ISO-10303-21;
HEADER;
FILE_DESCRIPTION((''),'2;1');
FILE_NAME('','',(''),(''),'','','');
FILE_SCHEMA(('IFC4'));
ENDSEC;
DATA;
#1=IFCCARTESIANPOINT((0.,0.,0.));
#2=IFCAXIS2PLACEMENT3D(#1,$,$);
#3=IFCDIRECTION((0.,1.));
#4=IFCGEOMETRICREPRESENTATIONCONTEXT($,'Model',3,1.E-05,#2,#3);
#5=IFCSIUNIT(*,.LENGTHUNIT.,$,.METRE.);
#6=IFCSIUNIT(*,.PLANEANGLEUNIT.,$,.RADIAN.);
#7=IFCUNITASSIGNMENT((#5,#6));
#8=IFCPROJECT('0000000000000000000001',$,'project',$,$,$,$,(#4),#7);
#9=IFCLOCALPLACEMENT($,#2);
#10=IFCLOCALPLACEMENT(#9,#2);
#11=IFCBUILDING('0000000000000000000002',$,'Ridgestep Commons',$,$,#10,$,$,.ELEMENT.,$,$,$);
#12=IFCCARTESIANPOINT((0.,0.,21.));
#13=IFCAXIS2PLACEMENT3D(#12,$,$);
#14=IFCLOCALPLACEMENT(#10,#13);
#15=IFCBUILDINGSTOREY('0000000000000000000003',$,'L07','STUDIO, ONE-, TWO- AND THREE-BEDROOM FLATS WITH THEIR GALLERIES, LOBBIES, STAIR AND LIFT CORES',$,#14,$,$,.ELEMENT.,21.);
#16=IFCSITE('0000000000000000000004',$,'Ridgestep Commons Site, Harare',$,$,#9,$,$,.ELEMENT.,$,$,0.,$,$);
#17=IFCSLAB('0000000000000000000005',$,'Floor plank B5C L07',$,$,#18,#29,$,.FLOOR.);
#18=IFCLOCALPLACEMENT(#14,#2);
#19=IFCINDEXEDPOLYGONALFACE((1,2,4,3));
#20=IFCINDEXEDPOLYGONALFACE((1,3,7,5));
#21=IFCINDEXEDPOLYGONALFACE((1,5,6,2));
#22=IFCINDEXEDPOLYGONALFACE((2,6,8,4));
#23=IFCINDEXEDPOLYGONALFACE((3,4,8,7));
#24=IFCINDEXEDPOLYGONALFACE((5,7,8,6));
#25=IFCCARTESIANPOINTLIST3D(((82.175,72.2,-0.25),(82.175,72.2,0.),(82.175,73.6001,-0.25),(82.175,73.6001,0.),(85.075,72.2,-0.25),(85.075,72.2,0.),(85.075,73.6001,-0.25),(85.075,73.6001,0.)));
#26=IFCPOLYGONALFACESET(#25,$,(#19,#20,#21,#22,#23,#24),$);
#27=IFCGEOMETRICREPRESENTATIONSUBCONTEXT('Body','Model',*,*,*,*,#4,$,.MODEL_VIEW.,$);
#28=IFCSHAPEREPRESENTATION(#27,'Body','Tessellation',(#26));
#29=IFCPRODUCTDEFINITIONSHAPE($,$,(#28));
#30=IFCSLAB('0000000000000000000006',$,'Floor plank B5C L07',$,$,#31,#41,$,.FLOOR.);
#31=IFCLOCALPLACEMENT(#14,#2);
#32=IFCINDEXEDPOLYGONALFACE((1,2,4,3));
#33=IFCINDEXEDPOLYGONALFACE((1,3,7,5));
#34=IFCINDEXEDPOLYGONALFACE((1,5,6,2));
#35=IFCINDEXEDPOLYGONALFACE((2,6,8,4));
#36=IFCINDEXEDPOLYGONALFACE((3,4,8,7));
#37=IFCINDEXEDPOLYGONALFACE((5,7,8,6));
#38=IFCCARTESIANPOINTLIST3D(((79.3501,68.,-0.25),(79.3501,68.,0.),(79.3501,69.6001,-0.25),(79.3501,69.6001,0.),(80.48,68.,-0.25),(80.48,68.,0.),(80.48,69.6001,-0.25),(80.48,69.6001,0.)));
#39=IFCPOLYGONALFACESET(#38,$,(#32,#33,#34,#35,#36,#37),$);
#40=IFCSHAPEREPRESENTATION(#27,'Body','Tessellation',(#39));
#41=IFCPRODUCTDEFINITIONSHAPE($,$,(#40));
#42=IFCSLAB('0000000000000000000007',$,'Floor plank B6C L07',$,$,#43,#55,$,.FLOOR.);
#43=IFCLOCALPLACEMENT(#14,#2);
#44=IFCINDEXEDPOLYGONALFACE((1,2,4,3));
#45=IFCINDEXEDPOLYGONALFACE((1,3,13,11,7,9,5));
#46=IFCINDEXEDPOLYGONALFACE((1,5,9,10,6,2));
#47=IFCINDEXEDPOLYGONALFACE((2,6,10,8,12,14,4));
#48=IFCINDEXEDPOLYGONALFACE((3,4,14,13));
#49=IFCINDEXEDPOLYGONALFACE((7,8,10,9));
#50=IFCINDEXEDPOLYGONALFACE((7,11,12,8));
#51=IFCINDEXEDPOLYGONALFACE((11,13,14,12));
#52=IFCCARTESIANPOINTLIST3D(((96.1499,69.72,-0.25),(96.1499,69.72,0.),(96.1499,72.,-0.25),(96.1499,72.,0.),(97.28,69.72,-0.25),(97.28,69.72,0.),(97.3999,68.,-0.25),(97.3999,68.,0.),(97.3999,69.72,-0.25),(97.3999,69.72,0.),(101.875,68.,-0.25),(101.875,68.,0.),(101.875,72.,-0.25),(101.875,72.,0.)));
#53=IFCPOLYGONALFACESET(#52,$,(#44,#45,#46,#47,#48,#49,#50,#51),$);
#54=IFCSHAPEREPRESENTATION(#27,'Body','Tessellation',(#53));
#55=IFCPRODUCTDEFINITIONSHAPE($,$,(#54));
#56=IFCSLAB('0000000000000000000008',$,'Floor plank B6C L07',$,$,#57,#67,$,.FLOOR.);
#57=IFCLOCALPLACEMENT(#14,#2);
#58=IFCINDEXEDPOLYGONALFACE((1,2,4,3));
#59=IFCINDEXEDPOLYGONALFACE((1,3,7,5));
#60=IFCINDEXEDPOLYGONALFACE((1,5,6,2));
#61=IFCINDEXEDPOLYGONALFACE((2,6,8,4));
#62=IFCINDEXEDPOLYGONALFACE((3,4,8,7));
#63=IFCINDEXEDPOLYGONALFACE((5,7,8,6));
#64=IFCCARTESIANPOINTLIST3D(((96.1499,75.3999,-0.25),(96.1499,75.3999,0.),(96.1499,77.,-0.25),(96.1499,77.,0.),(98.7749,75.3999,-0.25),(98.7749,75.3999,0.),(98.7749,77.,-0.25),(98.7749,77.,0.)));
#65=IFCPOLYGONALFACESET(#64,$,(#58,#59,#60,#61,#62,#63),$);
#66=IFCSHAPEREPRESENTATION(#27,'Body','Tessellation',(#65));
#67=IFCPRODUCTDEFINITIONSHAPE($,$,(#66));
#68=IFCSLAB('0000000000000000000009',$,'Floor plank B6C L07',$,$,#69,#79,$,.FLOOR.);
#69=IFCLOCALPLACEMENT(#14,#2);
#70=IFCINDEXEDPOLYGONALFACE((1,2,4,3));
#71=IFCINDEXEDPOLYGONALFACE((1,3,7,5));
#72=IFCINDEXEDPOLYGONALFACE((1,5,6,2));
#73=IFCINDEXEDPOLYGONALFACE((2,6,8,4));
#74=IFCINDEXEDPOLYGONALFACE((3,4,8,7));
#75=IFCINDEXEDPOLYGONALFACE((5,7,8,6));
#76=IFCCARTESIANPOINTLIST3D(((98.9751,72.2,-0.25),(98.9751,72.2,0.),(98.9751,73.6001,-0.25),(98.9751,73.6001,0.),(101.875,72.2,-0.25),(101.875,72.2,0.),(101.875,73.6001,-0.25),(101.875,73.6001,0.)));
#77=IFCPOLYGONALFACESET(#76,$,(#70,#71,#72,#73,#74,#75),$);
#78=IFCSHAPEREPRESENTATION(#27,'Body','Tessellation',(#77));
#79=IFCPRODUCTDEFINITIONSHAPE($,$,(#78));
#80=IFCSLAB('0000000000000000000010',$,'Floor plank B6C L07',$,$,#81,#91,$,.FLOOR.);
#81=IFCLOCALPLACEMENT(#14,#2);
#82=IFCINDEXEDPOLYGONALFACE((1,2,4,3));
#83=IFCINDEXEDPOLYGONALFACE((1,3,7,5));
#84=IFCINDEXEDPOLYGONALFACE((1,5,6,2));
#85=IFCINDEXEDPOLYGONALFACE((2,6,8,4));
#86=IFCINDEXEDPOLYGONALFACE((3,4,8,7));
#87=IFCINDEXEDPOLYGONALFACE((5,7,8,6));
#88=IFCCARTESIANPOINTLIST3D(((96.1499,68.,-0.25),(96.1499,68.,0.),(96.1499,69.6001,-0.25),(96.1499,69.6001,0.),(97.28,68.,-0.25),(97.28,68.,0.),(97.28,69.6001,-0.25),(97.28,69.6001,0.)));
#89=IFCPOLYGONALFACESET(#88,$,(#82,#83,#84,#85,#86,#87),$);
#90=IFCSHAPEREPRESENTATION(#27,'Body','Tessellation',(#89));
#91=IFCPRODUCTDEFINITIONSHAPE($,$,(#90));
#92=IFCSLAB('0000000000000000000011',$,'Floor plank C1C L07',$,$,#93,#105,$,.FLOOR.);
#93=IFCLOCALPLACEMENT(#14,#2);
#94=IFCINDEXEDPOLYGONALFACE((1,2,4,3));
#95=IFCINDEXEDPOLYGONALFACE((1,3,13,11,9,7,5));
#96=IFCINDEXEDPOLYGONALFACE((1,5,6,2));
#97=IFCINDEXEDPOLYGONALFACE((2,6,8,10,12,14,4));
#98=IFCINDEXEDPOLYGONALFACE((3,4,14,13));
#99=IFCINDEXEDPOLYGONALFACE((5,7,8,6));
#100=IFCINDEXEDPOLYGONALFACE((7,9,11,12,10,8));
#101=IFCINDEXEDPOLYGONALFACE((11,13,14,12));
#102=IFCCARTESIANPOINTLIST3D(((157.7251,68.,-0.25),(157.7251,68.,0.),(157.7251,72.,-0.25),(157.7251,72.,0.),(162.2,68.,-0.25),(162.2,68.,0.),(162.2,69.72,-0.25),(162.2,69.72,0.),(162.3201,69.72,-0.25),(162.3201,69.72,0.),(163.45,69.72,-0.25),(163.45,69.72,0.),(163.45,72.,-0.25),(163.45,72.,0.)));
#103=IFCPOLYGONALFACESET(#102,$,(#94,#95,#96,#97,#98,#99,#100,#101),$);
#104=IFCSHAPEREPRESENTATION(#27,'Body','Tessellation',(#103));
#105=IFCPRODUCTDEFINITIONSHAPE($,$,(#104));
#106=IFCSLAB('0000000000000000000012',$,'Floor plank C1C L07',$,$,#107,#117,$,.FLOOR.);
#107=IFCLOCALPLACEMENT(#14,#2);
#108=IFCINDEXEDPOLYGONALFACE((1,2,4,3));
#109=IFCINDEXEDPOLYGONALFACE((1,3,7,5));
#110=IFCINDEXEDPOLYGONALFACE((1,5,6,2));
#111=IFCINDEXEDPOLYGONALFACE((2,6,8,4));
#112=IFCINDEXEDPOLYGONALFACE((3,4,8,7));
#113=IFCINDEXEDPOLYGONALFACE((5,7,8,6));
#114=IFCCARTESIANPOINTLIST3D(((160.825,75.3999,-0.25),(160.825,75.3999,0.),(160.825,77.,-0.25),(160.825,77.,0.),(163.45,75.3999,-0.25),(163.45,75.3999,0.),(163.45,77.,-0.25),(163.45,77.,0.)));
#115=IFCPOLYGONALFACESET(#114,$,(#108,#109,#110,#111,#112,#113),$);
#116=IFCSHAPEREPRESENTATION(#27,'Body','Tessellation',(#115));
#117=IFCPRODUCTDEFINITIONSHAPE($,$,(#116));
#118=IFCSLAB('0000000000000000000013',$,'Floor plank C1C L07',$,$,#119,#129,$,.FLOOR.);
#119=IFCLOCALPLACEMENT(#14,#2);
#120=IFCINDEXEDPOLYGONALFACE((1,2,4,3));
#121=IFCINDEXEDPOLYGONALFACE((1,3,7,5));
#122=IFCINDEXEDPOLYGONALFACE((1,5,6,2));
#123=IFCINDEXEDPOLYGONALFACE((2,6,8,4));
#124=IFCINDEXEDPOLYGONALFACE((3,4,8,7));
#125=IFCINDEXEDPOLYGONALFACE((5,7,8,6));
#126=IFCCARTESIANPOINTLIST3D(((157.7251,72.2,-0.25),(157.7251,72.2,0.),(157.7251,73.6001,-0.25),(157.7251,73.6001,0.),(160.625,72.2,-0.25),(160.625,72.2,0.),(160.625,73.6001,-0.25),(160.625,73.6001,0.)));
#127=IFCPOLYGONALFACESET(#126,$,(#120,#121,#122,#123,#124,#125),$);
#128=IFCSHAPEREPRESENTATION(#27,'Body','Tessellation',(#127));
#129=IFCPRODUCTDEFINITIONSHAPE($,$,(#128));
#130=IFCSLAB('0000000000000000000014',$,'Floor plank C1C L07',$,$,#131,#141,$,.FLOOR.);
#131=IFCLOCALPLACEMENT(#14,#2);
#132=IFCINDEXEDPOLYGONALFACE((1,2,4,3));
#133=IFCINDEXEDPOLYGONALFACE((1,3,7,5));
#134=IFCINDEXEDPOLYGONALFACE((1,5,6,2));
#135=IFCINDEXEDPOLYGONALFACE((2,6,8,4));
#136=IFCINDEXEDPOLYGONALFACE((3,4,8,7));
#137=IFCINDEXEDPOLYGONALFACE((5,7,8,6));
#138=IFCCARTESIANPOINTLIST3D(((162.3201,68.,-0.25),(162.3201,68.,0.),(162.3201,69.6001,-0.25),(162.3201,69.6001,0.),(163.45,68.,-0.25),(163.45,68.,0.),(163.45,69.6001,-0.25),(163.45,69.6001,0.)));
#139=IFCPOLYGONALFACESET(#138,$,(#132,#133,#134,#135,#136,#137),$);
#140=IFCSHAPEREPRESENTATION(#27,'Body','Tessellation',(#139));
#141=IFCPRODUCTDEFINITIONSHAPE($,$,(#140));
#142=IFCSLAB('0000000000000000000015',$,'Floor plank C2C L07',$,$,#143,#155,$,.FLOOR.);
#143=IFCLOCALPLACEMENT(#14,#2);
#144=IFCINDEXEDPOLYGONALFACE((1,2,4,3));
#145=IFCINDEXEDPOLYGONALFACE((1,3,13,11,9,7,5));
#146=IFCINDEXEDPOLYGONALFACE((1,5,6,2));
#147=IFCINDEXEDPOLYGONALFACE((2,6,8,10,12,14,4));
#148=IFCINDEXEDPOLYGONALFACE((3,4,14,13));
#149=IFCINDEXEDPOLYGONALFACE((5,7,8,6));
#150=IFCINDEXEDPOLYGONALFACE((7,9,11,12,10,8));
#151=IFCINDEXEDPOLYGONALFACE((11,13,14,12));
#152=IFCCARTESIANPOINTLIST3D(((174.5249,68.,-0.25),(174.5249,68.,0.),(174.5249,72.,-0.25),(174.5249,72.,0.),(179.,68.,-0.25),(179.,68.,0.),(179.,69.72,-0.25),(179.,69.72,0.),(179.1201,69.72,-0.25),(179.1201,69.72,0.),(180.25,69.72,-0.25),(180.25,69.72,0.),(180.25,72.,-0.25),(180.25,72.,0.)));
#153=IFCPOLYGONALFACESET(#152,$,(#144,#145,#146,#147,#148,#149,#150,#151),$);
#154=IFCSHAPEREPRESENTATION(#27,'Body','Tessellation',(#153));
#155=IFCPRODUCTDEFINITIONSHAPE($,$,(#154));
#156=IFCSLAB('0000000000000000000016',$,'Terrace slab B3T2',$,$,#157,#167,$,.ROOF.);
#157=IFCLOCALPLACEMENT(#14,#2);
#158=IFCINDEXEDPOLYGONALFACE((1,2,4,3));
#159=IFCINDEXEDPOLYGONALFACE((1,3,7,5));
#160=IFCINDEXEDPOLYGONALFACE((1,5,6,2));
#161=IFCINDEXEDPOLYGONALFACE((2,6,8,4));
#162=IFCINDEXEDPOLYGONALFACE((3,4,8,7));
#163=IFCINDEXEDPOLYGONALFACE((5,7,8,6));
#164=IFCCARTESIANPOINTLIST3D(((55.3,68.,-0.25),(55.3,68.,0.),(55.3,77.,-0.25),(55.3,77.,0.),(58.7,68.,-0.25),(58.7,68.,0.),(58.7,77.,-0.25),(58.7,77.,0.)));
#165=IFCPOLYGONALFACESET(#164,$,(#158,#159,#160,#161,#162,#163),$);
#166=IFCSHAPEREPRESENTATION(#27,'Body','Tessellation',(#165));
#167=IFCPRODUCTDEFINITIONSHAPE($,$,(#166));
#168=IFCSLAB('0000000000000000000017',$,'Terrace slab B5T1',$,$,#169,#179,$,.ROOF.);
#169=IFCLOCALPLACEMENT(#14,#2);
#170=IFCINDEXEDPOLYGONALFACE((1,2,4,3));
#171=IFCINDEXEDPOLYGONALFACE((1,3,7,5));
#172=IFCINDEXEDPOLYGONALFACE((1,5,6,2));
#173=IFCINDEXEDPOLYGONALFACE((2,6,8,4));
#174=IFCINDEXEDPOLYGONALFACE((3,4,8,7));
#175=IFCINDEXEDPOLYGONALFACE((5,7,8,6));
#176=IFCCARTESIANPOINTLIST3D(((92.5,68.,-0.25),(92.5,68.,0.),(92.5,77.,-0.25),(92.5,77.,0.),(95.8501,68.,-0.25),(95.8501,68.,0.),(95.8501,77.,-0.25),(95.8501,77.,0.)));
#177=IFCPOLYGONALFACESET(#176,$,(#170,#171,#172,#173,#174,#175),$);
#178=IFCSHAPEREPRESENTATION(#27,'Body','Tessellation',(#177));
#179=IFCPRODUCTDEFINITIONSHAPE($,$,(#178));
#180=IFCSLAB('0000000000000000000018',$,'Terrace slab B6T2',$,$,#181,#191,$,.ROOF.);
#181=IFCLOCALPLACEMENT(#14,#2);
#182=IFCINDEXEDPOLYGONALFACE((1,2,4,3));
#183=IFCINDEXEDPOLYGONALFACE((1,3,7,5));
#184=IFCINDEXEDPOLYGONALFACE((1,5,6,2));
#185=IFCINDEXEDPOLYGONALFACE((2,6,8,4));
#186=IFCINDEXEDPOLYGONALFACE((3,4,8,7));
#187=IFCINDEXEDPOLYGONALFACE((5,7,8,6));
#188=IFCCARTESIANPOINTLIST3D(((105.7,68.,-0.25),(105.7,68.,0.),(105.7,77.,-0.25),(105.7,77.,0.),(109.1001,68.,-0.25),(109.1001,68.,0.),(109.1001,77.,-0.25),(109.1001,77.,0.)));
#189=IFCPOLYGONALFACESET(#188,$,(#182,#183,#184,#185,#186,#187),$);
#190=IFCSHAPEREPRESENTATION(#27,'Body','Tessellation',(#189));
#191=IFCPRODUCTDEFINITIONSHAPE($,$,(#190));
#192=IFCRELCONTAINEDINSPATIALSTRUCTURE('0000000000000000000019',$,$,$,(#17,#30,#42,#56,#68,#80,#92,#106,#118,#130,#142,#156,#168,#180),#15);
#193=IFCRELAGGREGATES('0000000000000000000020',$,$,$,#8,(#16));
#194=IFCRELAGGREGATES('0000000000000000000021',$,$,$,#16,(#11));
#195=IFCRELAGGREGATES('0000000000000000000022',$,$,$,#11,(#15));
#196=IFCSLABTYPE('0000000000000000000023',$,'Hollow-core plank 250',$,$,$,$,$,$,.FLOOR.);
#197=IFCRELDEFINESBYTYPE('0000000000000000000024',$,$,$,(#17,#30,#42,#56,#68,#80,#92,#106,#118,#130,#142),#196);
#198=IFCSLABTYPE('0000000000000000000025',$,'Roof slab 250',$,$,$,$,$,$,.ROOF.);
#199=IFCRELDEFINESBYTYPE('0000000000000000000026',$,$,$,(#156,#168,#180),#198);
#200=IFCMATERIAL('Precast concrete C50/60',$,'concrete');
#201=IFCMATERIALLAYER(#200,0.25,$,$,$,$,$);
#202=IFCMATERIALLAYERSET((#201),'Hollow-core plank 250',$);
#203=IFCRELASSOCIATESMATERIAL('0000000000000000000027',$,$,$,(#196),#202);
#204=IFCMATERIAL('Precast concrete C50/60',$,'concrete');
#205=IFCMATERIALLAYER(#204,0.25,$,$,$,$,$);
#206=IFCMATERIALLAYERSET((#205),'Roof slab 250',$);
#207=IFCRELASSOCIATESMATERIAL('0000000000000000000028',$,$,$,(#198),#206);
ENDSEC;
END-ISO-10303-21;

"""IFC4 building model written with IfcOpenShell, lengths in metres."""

from ifc_helpers import new_model, si_unit, direction, frame, origin, place, context, subcontext, project, spatial, polyline, outline, extrude, material, layer, layer_set, type_object, element, save


model = new_model("IFC4")

# Units and contexts
model_context = context("Model", 3, precision=1e-05, world=origin(), true_north=direction((0.0, 1.0)))
body_context = subcontext(model_context, "Body", "Model", "MODEL_VIEW")
ifc_project = project(units=[si_unit("LENGTHUNIT", "METRE"), si_unit("PLANEANGLEUNIT", "RADIAN")], contexts=[model_context])

# Site, building, storey
site_placement = place(None, origin())
site = spatial("IfcSite", under=ifc_project, at=site_placement, Name="Ridgestep Commons Site, Harare", CompositionType="ELEMENT", RefElevation=0.0)
building_placement = place(site_placement, origin())
building = spatial("IfcBuilding", under=site, at=building_placement, Name="Ridgestep Commons", CompositionType="ELEMENT")
storey_placement = place(building_placement, frame((0.0, 0.0, 21.0)))
storey = spatial("IfcBuildingStorey", under=building, at=storey_placement, Name="L07", Description="STUDIO, ONE-, TWO- AND THREE-BEDROOM FLATS WITH THEIR GALLERIES, LOBBIES, STAIR AND LIFT CORES", CompositionType="ELEMENT", Elevation=21.0)

# Slabs
ifc_material_1 = material(Name="Precast concrete C50/60", Category="concrete")
ifc_layer_1 = layer(ifc_material_1, 0.25)
ifc_layer_set_1 = layer_set([ifc_layer_1], Name="Hollow-core plank 250")
slab_type_1 = type_object("IfcSlabType", Name="Hollow-core plank 250", PredefinedType="FLOOR", material=ifc_layer_set_1)
slab_1_placement = place(storey_placement, frame((0.0, 0.0, -0.25)))
element("IfcSlab", 1, at=slab_1_placement, inside=storey, type_object=slab_type_1, Name="Floor plank B5C L07", PredefinedType="FLOOR", context=body_context, shape_type="SweptSolid", body=[
    extrude(outline(polyline([(85.075, 72.2), (85.075, 73.6001), (82.175, 73.6001), (82.175, 72.2), (85.075, 72.2)])), origin(), (0.0, 0.0, 1.0), 0.25),
])
slab_2_placement = place(storey_placement, frame((0.0, 0.0, -0.25)))
element("IfcSlab", 2, at=slab_2_placement, inside=storey, type_object=slab_type_1, Name="Floor plank B5C L07", PredefinedType="FLOOR", context=body_context, shape_type="SweptSolid", body=[
    extrude(outline(polyline([(80.48, 69.6001), (79.3501, 69.6001), (79.3501, 68.0), (80.48, 68.0), (80.48, 69.6001)])), origin(), (0.0, 0.0, 1.0), 0.25),
])
slab_3_placement = place(storey_placement, frame((0.0, 0.0, -0.25)))
element("IfcSlab", 3, at=slab_3_placement, inside=storey, type_object=slab_type_1, Name="Floor plank B6C L07", PredefinedType="FLOOR", context=body_context, shape_type="SweptSolid", body=[
    extrude(outline(polyline([(97.3999, 68.0), (101.875, 68.0), (101.875, 72.0), (96.1499, 72.0), (96.1499, 69.72), (97.28, 69.72), (97.3999, 69.72), (97.3999, 68.0)])), origin(), (0.0, 0.0, 1.0), 0.25),
])
slab_4_placement = place(storey_placement, frame((0.0, 0.0, -0.25)))
element("IfcSlab", 4, at=slab_4_placement, inside=storey, type_object=slab_type_1, Name="Floor plank B6C L07", PredefinedType="FLOOR", context=body_context, shape_type="SweptSolid", body=[
    extrude(outline(polyline([(98.7749, 77.0), (96.1499, 77.0), (96.1499, 75.3999), (98.7749, 75.3999), (98.7749, 77.0)])), origin(), (0.0, 0.0, 1.0), 0.25),
])
slab_5_placement = place(storey_placement, frame((0.0, 0.0, -0.25)))
element("IfcSlab", 5, at=slab_5_placement, inside=storey, type_object=slab_type_1, Name="Floor plank B6C L07", PredefinedType="FLOOR", context=body_context, shape_type="SweptSolid", body=[
    extrude(outline(polyline([(101.875, 72.2), (101.875, 73.6001), (98.9751, 73.6001), (98.9751, 72.2), (101.875, 72.2)])), origin(), (0.0, 0.0, 1.0), 0.25),
])
slab_6_placement = place(storey_placement, frame((0.0, 0.0, -0.25)))
element("IfcSlab", 6, at=slab_6_placement, inside=storey, type_object=slab_type_1, Name="Floor plank B6C L07", PredefinedType="FLOOR", context=body_context, shape_type="SweptSolid", body=[
    extrude(outline(polyline([(97.28, 69.6001), (96.1499, 69.6001), (96.1499, 68.0), (97.28, 68.0), (97.28, 69.6001)])), origin(), (0.0, 0.0, 1.0), 0.25),
])
slab_7_placement = place(storey_placement, frame((0.0, 0.0, -0.25)))
element("IfcSlab", 7, at=slab_7_placement, inside=storey, type_object=slab_type_1, Name="Floor plank C1C L07", PredefinedType="FLOOR", context=body_context, shape_type="SweptSolid", body=[
    extrude(outline(polyline([(162.3201, 69.72), (163.45, 69.72), (163.45, 72.0), (157.7251, 72.0), (157.7251, 68.0), (162.2, 68.0), (162.2, 69.72), (162.3201, 69.72)])), origin(), (0.0, 0.0, 1.0), 0.25),
])
slab_8_placement = place(storey_placement, frame((0.0, 0.0, -0.25)))
element("IfcSlab", 8, at=slab_8_placement, inside=storey, type_object=slab_type_1, Name="Floor plank C1C L07", PredefinedType="FLOOR", context=body_context, shape_type="SweptSolid", body=[
    extrude(outline(polyline([(163.45, 75.3999), (163.45, 77.0), (160.825, 77.0), (160.825, 75.3999), (163.45, 75.3999)])), origin(), (0.0, 0.0, 1.0), 0.25),
])
slab_9_placement = place(storey_placement, frame((0.0, 0.0, -0.25)))
element("IfcSlab", 9, at=slab_9_placement, inside=storey, type_object=slab_type_1, Name="Floor plank C1C L07", PredefinedType="FLOOR", context=body_context, shape_type="SweptSolid", body=[
    extrude(outline(polyline([(160.625, 72.2), (160.625, 73.6001), (157.7251, 73.6001), (157.7251, 72.2), (160.625, 72.2)])), origin(), (0.0, 0.0, 1.0), 0.25),
])
slab_10_placement = place(storey_placement, frame((0.0, 0.0, -0.25)))
element("IfcSlab", 10, at=slab_10_placement, inside=storey, type_object=slab_type_1, Name="Floor plank C1C L07", PredefinedType="FLOOR", context=body_context, shape_type="SweptSolid", body=[
    extrude(outline(polyline([(162.3201, 68.0), (163.45, 68.0), (163.45, 69.6001), (162.3201, 69.6001), (162.3201, 68.0)])), origin(), (0.0, 0.0, 1.0), 0.25),
])
slab_11_placement = place(storey_placement, frame((0.0, 0.0, -0.25)))
element("IfcSlab", 11, at=slab_11_placement, inside=storey, type_object=slab_type_1, Name="Floor plank C2C L07", PredefinedType="FLOOR", context=body_context, shape_type="SweptSolid", body=[
    extrude(outline(polyline([(179.1201, 69.72), (180.25, 69.72), (180.25, 72.0), (174.5249, 72.0), (174.5249, 68.0), (179.0, 68.0), (179.0, 69.72), (179.1201, 69.72)])), origin(), (0.0, 0.0, 1.0), 0.25),
])
ifc_material_2 = material(Name="Precast concrete C50/60", Category="concrete")
ifc_layer_2 = layer(ifc_material_2, 0.25)
ifc_layer_set_2 = layer_set([ifc_layer_2], Name="Roof slab 250")
slab_type_2 = type_object("IfcSlabType", Name="Roof slab 250", PredefinedType="ROOF", material=ifc_layer_set_2)
slab_12_placement = place(storey_placement, frame((0.0, 0.0, -0.25)))
element("IfcSlab", 12, at=slab_12_placement, inside=storey, type_object=slab_type_2, Name="Terrace slab B3T2", PredefinedType="ROOF", context=body_context, shape_type="SweptSolid", body=[
    extrude(outline(polyline([(58.7, 68.0), (58.7, 77.0), (55.3, 77.0), (55.3, 68.0), (58.7, 68.0)])), origin(), (0.0, 0.0, 1.0), 0.25),
])
slab_13_placement = place(storey_placement, frame((0.0, 0.0, -0.25)))
element("IfcSlab", 13, at=slab_13_placement, inside=storey, type_object=slab_type_2, Name="Terrace slab B5T1", PredefinedType="ROOF", context=body_context, shape_type="SweptSolid", body=[
    extrude(outline(polyline([(95.8501, 68.0), (95.8501, 77.0), (92.5, 77.0), (92.5, 68.0), (95.8501, 68.0)])), origin(), (0.0, 0.0, 1.0), 0.25),
])
slab_14_placement = place(storey_placement, frame((0.0, 0.0, -0.25)))
element("IfcSlab", 14, at=slab_14_placement, inside=storey, type_object=slab_type_2, Name="Terrace slab B6T2", PredefinedType="ROOF", context=body_context, shape_type="SweptSolid", body=[
    extrude(outline(polyline([(109.1001, 68.0), (109.1001, 77.0), (105.7, 77.0), (105.7, 68.0), (109.1001, 68.0)])), origin(), (0.0, 0.0, 1.0), 0.25),
])

save(model, "model.ifc")
